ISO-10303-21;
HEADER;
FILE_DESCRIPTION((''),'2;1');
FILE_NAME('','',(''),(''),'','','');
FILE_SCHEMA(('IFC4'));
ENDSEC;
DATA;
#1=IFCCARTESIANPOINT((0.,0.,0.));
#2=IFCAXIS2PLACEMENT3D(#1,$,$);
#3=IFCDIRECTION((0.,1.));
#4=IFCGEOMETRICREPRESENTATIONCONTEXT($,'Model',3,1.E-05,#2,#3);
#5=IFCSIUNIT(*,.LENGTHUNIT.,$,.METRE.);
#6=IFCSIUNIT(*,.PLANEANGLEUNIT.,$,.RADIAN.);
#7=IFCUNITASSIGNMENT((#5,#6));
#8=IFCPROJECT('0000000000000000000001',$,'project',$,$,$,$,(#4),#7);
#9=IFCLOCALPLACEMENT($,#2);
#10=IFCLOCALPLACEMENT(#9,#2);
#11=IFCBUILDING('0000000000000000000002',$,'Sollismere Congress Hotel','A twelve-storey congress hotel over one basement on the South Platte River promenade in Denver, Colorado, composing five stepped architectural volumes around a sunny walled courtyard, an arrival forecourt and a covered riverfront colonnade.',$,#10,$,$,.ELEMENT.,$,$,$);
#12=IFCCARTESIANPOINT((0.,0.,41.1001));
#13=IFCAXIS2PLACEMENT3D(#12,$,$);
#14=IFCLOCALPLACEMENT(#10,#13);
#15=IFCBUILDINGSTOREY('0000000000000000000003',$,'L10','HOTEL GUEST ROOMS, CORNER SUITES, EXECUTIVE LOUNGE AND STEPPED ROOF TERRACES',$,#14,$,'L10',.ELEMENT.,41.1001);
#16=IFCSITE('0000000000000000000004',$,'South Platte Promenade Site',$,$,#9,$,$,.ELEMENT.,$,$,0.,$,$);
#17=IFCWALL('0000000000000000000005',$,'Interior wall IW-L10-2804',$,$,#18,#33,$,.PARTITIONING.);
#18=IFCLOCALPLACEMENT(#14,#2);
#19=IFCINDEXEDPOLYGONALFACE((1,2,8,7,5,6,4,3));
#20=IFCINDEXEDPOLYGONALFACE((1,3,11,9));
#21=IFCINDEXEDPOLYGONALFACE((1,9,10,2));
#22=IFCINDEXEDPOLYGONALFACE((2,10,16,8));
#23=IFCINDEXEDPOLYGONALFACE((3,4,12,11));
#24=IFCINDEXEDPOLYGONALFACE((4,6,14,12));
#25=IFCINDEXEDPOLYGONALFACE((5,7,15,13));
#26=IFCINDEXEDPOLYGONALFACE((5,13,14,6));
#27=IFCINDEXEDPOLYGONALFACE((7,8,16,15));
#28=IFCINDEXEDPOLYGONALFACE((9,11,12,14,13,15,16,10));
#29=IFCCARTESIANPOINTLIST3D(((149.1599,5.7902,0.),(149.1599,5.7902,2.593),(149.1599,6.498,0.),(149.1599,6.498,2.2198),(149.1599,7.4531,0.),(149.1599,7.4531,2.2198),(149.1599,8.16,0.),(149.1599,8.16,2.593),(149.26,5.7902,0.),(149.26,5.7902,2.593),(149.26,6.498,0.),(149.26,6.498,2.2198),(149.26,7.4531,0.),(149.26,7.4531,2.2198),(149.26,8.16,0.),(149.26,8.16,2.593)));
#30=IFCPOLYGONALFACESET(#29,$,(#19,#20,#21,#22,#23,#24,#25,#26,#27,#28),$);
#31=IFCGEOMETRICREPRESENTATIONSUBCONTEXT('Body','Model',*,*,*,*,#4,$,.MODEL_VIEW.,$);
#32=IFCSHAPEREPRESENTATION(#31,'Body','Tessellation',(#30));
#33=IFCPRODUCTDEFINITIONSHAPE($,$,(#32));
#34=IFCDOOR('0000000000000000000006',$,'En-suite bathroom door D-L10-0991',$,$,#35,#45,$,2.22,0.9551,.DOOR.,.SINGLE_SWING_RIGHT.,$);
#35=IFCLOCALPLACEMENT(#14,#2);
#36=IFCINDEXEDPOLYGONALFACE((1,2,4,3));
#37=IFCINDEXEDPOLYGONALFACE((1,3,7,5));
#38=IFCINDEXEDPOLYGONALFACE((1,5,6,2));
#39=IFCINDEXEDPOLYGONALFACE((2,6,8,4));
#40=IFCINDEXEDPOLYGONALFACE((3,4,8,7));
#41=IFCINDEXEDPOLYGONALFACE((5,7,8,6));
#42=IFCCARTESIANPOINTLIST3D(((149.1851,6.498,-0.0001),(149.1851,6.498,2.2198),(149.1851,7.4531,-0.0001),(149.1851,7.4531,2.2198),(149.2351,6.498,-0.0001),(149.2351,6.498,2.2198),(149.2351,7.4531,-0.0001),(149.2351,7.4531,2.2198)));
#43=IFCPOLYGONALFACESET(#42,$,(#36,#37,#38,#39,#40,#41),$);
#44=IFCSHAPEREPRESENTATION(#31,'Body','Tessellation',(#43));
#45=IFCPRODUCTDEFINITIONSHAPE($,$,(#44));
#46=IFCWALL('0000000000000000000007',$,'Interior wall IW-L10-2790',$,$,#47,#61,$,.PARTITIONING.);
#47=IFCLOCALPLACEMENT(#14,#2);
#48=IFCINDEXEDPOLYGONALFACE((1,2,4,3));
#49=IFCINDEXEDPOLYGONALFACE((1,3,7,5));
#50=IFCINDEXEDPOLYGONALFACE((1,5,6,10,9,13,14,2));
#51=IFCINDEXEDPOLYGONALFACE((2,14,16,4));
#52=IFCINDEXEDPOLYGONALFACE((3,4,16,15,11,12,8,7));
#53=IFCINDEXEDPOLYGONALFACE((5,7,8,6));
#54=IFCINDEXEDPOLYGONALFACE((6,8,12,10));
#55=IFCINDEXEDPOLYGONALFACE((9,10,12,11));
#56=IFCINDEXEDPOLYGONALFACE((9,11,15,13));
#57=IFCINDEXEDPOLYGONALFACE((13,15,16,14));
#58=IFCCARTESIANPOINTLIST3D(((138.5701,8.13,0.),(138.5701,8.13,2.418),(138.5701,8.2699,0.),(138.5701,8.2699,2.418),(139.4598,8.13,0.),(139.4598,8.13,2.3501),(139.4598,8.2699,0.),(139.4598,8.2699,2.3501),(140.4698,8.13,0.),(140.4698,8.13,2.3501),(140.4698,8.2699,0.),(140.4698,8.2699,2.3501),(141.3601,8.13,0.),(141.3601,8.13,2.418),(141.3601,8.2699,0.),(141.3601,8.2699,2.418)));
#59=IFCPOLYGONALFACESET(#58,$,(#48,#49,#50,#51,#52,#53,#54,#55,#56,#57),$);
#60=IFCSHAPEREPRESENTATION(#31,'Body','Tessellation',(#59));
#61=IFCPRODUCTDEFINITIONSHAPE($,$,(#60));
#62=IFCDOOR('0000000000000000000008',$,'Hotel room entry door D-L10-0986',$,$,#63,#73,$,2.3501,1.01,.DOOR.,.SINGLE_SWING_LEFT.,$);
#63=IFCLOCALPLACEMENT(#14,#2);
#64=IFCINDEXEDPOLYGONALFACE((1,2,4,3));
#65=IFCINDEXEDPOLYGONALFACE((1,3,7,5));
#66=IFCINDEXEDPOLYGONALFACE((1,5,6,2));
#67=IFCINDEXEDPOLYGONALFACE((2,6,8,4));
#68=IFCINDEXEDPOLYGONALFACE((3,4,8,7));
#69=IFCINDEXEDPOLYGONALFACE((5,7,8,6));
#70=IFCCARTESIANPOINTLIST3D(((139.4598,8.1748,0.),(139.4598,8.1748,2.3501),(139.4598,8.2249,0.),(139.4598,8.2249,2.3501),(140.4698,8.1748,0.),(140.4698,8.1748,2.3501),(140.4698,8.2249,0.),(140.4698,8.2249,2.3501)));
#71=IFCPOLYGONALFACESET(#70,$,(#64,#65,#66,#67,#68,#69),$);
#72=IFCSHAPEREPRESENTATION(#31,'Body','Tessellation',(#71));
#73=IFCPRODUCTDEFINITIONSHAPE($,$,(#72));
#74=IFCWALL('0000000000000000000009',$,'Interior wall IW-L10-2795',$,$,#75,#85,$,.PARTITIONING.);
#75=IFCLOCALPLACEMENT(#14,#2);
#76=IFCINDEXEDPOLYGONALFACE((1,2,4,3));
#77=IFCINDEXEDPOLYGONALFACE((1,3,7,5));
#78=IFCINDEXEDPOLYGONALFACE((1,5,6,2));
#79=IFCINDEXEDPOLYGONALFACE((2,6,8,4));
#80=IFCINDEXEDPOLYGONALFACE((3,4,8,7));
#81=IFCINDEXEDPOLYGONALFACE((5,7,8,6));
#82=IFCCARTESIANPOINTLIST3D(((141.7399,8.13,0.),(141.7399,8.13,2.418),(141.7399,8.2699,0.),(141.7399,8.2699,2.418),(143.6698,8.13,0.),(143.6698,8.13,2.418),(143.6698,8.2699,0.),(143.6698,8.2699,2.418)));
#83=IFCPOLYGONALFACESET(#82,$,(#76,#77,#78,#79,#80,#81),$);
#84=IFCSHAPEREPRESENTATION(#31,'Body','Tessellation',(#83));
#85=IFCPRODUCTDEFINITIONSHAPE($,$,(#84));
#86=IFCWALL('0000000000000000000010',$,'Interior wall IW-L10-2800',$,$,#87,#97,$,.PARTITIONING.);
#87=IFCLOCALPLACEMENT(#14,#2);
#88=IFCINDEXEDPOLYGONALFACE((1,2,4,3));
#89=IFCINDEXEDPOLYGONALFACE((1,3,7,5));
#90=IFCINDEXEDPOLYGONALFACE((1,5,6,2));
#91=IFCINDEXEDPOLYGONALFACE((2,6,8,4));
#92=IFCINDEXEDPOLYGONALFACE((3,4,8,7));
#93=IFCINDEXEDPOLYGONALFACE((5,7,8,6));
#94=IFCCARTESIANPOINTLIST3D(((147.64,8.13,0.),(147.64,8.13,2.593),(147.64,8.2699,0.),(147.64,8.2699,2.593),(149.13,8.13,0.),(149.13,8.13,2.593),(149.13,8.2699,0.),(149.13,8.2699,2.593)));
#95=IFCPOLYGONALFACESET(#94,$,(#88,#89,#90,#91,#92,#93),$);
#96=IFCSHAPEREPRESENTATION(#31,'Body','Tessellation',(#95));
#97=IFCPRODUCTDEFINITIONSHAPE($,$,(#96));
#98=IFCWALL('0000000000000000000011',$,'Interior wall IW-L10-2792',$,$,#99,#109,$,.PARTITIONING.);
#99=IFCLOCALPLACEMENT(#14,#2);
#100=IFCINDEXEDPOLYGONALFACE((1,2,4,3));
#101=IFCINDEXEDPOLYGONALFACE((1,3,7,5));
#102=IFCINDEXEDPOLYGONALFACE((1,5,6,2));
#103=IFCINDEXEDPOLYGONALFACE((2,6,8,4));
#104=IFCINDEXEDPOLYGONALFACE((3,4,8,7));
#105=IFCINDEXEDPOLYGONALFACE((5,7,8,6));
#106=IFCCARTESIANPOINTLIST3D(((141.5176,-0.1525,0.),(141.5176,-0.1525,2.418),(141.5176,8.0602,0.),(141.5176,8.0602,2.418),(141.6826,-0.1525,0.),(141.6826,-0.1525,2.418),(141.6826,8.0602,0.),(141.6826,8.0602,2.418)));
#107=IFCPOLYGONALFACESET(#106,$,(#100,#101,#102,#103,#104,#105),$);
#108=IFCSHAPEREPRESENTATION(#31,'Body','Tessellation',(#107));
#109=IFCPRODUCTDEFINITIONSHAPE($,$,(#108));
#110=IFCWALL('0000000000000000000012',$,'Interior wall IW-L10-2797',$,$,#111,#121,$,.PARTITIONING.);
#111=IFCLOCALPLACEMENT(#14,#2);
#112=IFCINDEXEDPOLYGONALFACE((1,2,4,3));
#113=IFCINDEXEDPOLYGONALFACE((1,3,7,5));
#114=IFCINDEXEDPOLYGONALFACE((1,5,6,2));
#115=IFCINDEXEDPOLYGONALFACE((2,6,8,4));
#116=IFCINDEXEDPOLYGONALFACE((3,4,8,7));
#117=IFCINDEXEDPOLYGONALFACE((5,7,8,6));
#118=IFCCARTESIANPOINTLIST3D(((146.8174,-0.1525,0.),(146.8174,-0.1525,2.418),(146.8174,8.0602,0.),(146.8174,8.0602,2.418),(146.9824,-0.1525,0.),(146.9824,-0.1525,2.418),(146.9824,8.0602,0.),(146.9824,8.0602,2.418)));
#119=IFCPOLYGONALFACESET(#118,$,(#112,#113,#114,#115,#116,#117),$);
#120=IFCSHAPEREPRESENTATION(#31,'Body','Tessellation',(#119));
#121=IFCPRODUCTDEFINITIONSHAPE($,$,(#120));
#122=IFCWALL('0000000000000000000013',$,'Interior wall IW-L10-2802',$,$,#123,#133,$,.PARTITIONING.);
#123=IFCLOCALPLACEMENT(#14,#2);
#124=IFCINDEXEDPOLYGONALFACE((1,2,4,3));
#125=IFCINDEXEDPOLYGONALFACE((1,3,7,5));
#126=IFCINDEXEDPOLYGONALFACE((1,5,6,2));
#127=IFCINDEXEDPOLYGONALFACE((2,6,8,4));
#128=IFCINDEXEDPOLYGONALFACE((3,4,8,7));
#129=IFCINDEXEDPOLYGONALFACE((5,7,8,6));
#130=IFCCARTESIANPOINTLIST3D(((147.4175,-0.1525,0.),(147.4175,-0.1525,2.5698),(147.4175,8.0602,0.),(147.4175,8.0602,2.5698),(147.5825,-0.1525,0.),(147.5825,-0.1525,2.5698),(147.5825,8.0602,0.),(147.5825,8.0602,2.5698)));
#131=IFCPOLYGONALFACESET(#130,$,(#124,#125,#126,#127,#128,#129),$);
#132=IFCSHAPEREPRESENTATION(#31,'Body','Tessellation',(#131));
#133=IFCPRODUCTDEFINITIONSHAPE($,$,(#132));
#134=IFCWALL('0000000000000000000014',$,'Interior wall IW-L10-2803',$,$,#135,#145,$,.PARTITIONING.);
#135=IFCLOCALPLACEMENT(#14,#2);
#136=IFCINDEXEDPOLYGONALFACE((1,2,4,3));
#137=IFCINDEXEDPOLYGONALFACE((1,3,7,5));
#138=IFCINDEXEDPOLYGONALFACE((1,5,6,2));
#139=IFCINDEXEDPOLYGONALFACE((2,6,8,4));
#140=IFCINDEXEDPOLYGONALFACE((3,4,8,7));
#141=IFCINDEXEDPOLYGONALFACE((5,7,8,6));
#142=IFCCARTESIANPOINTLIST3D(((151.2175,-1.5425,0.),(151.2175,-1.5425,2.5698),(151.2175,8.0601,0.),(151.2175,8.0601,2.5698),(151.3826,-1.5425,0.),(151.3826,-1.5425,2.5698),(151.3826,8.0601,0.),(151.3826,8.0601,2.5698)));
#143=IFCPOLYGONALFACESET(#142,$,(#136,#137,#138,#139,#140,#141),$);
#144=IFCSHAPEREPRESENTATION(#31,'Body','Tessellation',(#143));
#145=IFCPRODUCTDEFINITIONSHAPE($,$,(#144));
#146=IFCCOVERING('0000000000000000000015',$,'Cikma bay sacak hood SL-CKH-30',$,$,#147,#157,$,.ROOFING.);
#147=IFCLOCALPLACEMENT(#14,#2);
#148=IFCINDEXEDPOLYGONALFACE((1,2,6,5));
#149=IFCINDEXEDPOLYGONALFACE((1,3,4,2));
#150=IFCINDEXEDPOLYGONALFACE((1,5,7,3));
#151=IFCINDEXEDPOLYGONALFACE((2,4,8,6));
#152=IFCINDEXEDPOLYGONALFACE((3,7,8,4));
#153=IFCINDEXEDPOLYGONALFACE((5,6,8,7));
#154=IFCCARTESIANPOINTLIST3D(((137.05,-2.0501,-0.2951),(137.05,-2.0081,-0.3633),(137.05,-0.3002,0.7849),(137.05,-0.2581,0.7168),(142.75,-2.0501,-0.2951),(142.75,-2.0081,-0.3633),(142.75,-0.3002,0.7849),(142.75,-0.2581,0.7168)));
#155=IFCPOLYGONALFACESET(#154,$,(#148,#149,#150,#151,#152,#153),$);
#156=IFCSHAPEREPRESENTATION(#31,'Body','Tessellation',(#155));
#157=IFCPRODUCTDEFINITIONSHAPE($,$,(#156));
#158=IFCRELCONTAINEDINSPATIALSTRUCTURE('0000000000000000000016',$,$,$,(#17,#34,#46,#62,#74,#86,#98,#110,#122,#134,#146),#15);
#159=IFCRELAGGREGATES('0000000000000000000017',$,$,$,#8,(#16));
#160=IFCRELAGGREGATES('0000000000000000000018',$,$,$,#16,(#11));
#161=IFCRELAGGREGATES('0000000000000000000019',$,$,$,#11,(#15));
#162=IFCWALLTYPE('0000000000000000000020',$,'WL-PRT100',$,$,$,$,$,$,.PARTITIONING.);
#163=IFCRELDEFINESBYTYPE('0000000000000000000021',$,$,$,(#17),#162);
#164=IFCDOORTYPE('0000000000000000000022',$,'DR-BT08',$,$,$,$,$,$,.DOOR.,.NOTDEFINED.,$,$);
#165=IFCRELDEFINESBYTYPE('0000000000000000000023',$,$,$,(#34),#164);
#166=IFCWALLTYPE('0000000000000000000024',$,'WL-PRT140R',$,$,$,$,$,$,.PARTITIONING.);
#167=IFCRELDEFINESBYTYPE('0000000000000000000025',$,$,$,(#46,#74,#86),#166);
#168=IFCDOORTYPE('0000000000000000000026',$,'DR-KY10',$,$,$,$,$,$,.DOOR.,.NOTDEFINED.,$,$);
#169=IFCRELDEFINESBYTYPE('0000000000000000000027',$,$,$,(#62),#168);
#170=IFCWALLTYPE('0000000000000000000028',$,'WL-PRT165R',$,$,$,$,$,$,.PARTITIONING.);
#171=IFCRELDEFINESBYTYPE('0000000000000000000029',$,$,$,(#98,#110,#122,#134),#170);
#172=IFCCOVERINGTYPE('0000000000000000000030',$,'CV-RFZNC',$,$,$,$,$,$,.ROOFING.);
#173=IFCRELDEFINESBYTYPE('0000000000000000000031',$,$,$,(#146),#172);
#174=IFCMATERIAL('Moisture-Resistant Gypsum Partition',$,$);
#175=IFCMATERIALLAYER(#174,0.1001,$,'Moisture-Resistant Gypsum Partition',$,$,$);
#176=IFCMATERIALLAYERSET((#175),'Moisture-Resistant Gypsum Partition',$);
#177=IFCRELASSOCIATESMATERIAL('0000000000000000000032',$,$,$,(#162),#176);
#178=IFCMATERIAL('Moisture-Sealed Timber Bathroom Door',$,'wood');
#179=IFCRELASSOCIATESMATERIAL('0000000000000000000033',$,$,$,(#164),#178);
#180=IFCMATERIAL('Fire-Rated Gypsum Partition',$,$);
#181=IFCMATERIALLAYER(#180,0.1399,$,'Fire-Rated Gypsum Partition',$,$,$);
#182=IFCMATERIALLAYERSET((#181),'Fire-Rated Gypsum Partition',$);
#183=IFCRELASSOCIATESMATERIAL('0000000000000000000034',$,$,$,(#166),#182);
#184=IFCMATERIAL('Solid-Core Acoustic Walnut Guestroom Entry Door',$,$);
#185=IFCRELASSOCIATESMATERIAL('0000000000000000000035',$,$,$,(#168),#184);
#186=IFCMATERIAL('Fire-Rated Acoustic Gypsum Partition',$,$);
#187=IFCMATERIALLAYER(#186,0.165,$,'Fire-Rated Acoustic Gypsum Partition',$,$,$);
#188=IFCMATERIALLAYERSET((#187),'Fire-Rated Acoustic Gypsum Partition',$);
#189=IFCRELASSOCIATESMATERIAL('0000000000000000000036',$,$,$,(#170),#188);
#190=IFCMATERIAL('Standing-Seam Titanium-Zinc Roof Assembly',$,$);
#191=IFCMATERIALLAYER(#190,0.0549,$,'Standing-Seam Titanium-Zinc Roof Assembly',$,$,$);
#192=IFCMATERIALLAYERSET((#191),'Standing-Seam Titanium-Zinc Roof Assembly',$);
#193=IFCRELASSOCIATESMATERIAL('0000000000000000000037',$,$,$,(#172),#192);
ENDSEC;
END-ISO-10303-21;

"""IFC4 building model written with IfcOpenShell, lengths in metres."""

from ifc_helpers import new_model, si_unit, direction, frame, frame_2d, origin, place, context, subcontext, project, spatial, polyline, rectangle, outline, extrude, material, layer, layer_set, type_object, element, fill, save


model = new_model("IFC4")

# Units and contexts
model_context = context("Model", 3, precision=1e-05, world=origin(), true_north=direction((0.0, 1.0)))
body_context = subcontext(model_context, "Body", "Model", "MODEL_VIEW")
ifc_project = project(units=[si_unit("LENGTHUNIT", "METRE"), si_unit("PLANEANGLEUNIT", "RADIAN")], contexts=[model_context])

# Site, building, storey
site_placement = place(None, origin())
site = spatial("IfcSite", under=ifc_project, at=site_placement, Name="South Platte Promenade Site", CompositionType="ELEMENT", RefElevation=0.0)
building_placement = place(site_placement, origin())
building = spatial("IfcBuilding", under=site, at=building_placement, Name="Sollismere Congress Hotel", Description="A twelve-storey congress hotel over one basement on the South Platte River promenade in Denver, Colorado, composing five stepped architectural volumes around a sunny walled courtyard, an arrival forecourt and a covered riverfront colonnade.", CompositionType="ELEMENT")
storey_placement = place(building_placement, frame((0.0, 0.0, 41.1001)))
storey = spatial("IfcBuildingStorey", under=building, at=storey_placement, Name="L10", Description="HOTEL GUEST ROOMS, CORNER SUITES, EXECUTIVE LOUNGE AND STEPPED ROOF TERRACES", LongName="L10", CompositionType="ELEMENT", Elevation=41.1001)

# Walls, openings, doors
ifc_material_1 = material(Name="Moisture-Resistant Gypsum Partition")
ifc_layer_1 = layer(ifc_material_1, 0.1001, Name="Moisture-Resistant Gypsum Partition")
ifc_layer_set_1 = layer_set([ifc_layer_1], Name="Moisture-Resistant Gypsum Partition")
wall_type_1 = type_object("IfcWallType", Name="WL-PRT100", PredefinedType="PARTITIONING", material=ifc_layer_set_1)
ifc_material_2 = material(Name="Moisture-Sealed Timber Bathroom Door", Category="wood")
wall_1_placement = place(storey_placement, frame((149.21, 5.79, 0.0), z_axis=(0.0, 0.0, 1.0), x_axis=(0.0, 1.0, 0.0)))
wall_1 = element("IfcWall", 1, at=wall_1_placement, inside=storey, type_object=wall_type_1, Name="Interior wall IW-L10-2804", PredefinedType="PARTITIONING", context=body_context, shape_type="SweptSolid", body=[
    extrude(rectangle(XDim=2.3699, YDim=0.1001, at=frame_2d((1.1851, 0.0))), origin(), (0.0, 0.0, 1.0), 2.593),
])
opening_1_placement = place(wall_1_placement, frame((0.708, 0.0, 0.0)))
opening_1 = element("IfcOpeningElement", 2, at=opening_1_placement, cuts=wall_1, PredefinedType="OPENING", context=body_context, shape_type="SweptSolid", body=[
    extrude(rectangle(XDim=0.9551, YDim=2.22, at=frame_2d((0.4775, 1.1099))), frame((0.0, 0.0601, 0.0), z_axis=(0.0, -1.0, 0.0), x_axis=(1.0, 0.0, 0.0)), (0.0, 0.0, 1.0), 0.1201),
])
door_type_1 = type_object("IfcDoorType", Name="DR-BT08", OperationType="NOTDEFINED", PredefinedType="DOOR", material=ifc_material_2)
door_1_placement = place(opening_1_placement, origin())
door_1 = element("IfcDoor", 3, at=door_1_placement, inside=storey, type_object=door_type_1, Name="En-suite bathroom door D-L10-0991", OperationType="SINGLE_SWING_RIGHT", OverallHeight=2.22, OverallWidth=0.9551, PredefinedType="DOOR", context=body_context, shape_type="SweptSolid", body=[
    extrude(rectangle(XDim=0.9551, YDim=2.22, at=frame_2d((0.4775, 1.1099))), frame((0.0, 0.0249, 0.0), z_axis=(0.0, -1.0, 0.0), x_axis=(1.0, 0.0, 0.0)), (0.0, 0.0, 1.0), 0.05),
])
fill(opening_1, door_1)
ifc_material_3 = material(Name="Fire-Rated Gypsum Partition")
ifc_layer_2 = layer(ifc_material_3, 0.1399, Name="Fire-Rated Gypsum Partition")
ifc_layer_set_2 = layer_set([ifc_layer_2], Name="Fire-Rated Gypsum Partition")
wall_type_2 = type_object("IfcWallType", Name="WL-PRT140R", PredefinedType="PARTITIONING", material=ifc_layer_set_2)
wall_2_placement = place(storey_placement, frame((138.5701, 8.2, 0.0), z_axis=(0.0, 0.0, 1.0), x_axis=(1.0, 0.0, 0.0)))
wall_2 = element("IfcWall", 4, at=wall_2_placement, inside=storey, type_object=wall_type_2, Name="Interior wall IW-L10-2790", PredefinedType="PARTITIONING", context=body_context, shape_type="SweptSolid", body=[
    extrude(rectangle(XDim=2.79, YDim=0.1399, at=frame_2d((1.395, 0.0))), origin(), (0.0, 0.0, 1.0), 2.418),
])
opening_2_placement = place(wall_2_placement, frame((0.8899, 0.0, 0.0)))
opening_2 = element("IfcOpeningElement", 5, at=opening_2_placement, cuts=wall_2, PredefinedType="OPENING", context=body_context, shape_type="SweptSolid", body=[
    extrude(rectangle(XDim=1.01, YDim=2.3501, at=frame_2d((0.5049, 1.175))), frame((0.0, 0.0798, 0.0), z_axis=(0.0, -1.0, 0.0), x_axis=(1.0, 0.0, 0.0)), (0.0, 0.0, 1.0), 0.1599),
])
ifc_material_4 = material(Name="Solid-Core Acoustic Walnut Guestroom Entry Door")
door_type_2 = type_object("IfcDoorType", Name="DR-KY10", OperationType="NOTDEFINED", PredefinedType="DOOR", material=ifc_material_4)
door_2_placement = place(opening_2_placement, origin())
door_2 = element("IfcDoor", 6, at=door_2_placement, inside=storey, type_object=door_type_2, Name="Hotel room entry door D-L10-0986", OperationType="SINGLE_SWING_LEFT", OverallHeight=2.3501, OverallWidth=1.01, PredefinedType="DOOR", context=body_context, shape_type="SweptSolid", body=[
    extrude(rectangle(XDim=1.01, YDim=2.3501, at=frame_2d((0.5049, 1.175))), frame((0.0, 0.0249, 0.0), z_axis=(0.0, -1.0, 0.0), x_axis=(1.0, 0.0, 0.0)), (0.0, 0.0, 1.0), 0.05),
])
fill(opening_2, door_2)

# Wall
wall_3_placement = place(storey_placement, frame((141.74, 8.2, 0.0), z_axis=(0.0, 0.0, 1.0), x_axis=(1.0, 0.0, 0.0)))
element("IfcWall", 7, at=wall_3_placement, inside=storey, type_object=wall_type_2, Name="Interior wall IW-L10-2795", PredefinedType="PARTITIONING", context=body_context, shape_type="SweptSolid", body=[
    extrude(rectangle(XDim=1.9299, YDim=0.1399, at=frame_2d((0.9648, 0.0))), origin(), (0.0, 0.0, 1.0), 2.418),
])

# Walls
wall_4_placement = place(storey_placement, frame((147.6399, 8.2, 0.0), z_axis=(0.0, 0.0, 1.0), x_axis=(1.0, 0.0, 0.0)))
element("IfcWall", 8, at=wall_4_placement, inside=storey, type_object=wall_type_2, Name="Interior wall IW-L10-2800", PredefinedType="PARTITIONING", context=body_context, shape_type="SweptSolid", body=[
    extrude(rectangle(XDim=1.49, YDim=0.1399, at=frame_2d((0.7451, 0.0))), origin(), (0.0, 0.0, 1.0), 2.593),
])
ifc_material_5 = material(Name="Fire-Rated Acoustic Gypsum Partition")
ifc_layer_3 = layer(ifc_material_5, 0.165, Name="Fire-Rated Acoustic Gypsum Partition")
ifc_layer_set_3 = layer_set([ifc_layer_3], Name="Fire-Rated Acoustic Gypsum Partition")
wall_type_3 = type_object("IfcWallType", Name="WL-PRT165R", PredefinedType="PARTITIONING", material=ifc_layer_set_3)
for number, where, z_axis, x_axis, name in (
    (9, (141.6001, -0.1526, 0.0), (0.0, 0.0, 1.0), (0.0, 1.0, 0.0), "Interior wall IW-L10-2792"),
    (10, (146.8999, -0.1526, 0.0), (0.0, 0.0, 1.0), (0.0, 1.0, 0.0), "Interior wall IW-L10-2797"),
):
    element("IfcWall", number, at=place(storey_placement, frame(where, z_axis=z_axis, x_axis=x_axis)), inside=storey, type_object=wall_type_3, Name=name, PredefinedType="PARTITIONING", context=body_context, shape_type="SweptSolid", body=[
        extrude(rectangle(XDim=8.2126, YDim=0.165, at=frame_2d((4.1064, 0.0))), origin(), (0.0, 0.0, 1.0), 2.418),
    ])
wall_5_placement = place(storey_placement, frame((147.5, -0.1526, 0.0), z_axis=(0.0, 0.0, 1.0), x_axis=(0.0, 1.0, 0.0)))
element("IfcWall", 11, at=wall_5_placement, inside=storey, type_object=wall_type_3, Name="Interior wall IW-L10-2802", PredefinedType="PARTITIONING", context=body_context, shape_type="SweptSolid", body=[
    extrude(rectangle(XDim=8.2126, YDim=0.165, at=frame_2d((4.1064, 0.0))), origin(), (0.0, 0.0, 1.0), 2.5698),
])
wall_6_placement = place(storey_placement, frame((151.3, -1.5425, 0.0), z_axis=(0.0, 0.0, 1.0), x_axis=(0.0, 1.0, 0.0)))
element("IfcWall", 12, at=wall_6_placement, inside=storey, type_object=wall_type_3, Name="Interior wall IW-L10-2803", PredefinedType="PARTITIONING", context=body_context, shape_type="SweptSolid", body=[
    extrude(rectangle(XDim=9.6025, YDim=0.165, at=frame_2d((4.8013, 0.0))), origin(), (0.0, 0.0, 1.0), 2.5698),
])

# Covering
ifc_material_6 = material(Name="Standing-Seam Titanium-Zinc Roof Assembly")
ifc_layer_4 = layer(ifc_material_6, 0.0549, Name="Standing-Seam Titanium-Zinc Roof Assembly")
ifc_layer_set_4 = layer_set([ifc_layer_4], Name="Standing-Seam Titanium-Zinc Roof Assembly")
covering_type = type_object("IfcCoveringType", Name="CV-RFZNC", PredefinedType="ROOFING", material=ifc_layer_set_4)
covering_placement = place(storey_placement, frame((137.05, -2.0081, -0.3633), z_axis=(0.0, -0.52521, 0.850973), x_axis=(1.0, 0.0, 0.0)))
element("IfcCovering", 13, at=covering_placement, inside=storey, type_object=covering_type, Name="Cikma bay sacak hood SL-CKH-30", PredefinedType="ROOFING", context=body_context, shape_type="SweptSolid", body=[
    extrude(outline(polyline([(0.0, 0.0), (5.7, 0.0), (5.7, 2.0564), (0.0, 2.0564), (0.0, 0.0)])), origin(), (0.0, 0.0, 1.0), 0.0801),
])

save(model, "model.ifc")
